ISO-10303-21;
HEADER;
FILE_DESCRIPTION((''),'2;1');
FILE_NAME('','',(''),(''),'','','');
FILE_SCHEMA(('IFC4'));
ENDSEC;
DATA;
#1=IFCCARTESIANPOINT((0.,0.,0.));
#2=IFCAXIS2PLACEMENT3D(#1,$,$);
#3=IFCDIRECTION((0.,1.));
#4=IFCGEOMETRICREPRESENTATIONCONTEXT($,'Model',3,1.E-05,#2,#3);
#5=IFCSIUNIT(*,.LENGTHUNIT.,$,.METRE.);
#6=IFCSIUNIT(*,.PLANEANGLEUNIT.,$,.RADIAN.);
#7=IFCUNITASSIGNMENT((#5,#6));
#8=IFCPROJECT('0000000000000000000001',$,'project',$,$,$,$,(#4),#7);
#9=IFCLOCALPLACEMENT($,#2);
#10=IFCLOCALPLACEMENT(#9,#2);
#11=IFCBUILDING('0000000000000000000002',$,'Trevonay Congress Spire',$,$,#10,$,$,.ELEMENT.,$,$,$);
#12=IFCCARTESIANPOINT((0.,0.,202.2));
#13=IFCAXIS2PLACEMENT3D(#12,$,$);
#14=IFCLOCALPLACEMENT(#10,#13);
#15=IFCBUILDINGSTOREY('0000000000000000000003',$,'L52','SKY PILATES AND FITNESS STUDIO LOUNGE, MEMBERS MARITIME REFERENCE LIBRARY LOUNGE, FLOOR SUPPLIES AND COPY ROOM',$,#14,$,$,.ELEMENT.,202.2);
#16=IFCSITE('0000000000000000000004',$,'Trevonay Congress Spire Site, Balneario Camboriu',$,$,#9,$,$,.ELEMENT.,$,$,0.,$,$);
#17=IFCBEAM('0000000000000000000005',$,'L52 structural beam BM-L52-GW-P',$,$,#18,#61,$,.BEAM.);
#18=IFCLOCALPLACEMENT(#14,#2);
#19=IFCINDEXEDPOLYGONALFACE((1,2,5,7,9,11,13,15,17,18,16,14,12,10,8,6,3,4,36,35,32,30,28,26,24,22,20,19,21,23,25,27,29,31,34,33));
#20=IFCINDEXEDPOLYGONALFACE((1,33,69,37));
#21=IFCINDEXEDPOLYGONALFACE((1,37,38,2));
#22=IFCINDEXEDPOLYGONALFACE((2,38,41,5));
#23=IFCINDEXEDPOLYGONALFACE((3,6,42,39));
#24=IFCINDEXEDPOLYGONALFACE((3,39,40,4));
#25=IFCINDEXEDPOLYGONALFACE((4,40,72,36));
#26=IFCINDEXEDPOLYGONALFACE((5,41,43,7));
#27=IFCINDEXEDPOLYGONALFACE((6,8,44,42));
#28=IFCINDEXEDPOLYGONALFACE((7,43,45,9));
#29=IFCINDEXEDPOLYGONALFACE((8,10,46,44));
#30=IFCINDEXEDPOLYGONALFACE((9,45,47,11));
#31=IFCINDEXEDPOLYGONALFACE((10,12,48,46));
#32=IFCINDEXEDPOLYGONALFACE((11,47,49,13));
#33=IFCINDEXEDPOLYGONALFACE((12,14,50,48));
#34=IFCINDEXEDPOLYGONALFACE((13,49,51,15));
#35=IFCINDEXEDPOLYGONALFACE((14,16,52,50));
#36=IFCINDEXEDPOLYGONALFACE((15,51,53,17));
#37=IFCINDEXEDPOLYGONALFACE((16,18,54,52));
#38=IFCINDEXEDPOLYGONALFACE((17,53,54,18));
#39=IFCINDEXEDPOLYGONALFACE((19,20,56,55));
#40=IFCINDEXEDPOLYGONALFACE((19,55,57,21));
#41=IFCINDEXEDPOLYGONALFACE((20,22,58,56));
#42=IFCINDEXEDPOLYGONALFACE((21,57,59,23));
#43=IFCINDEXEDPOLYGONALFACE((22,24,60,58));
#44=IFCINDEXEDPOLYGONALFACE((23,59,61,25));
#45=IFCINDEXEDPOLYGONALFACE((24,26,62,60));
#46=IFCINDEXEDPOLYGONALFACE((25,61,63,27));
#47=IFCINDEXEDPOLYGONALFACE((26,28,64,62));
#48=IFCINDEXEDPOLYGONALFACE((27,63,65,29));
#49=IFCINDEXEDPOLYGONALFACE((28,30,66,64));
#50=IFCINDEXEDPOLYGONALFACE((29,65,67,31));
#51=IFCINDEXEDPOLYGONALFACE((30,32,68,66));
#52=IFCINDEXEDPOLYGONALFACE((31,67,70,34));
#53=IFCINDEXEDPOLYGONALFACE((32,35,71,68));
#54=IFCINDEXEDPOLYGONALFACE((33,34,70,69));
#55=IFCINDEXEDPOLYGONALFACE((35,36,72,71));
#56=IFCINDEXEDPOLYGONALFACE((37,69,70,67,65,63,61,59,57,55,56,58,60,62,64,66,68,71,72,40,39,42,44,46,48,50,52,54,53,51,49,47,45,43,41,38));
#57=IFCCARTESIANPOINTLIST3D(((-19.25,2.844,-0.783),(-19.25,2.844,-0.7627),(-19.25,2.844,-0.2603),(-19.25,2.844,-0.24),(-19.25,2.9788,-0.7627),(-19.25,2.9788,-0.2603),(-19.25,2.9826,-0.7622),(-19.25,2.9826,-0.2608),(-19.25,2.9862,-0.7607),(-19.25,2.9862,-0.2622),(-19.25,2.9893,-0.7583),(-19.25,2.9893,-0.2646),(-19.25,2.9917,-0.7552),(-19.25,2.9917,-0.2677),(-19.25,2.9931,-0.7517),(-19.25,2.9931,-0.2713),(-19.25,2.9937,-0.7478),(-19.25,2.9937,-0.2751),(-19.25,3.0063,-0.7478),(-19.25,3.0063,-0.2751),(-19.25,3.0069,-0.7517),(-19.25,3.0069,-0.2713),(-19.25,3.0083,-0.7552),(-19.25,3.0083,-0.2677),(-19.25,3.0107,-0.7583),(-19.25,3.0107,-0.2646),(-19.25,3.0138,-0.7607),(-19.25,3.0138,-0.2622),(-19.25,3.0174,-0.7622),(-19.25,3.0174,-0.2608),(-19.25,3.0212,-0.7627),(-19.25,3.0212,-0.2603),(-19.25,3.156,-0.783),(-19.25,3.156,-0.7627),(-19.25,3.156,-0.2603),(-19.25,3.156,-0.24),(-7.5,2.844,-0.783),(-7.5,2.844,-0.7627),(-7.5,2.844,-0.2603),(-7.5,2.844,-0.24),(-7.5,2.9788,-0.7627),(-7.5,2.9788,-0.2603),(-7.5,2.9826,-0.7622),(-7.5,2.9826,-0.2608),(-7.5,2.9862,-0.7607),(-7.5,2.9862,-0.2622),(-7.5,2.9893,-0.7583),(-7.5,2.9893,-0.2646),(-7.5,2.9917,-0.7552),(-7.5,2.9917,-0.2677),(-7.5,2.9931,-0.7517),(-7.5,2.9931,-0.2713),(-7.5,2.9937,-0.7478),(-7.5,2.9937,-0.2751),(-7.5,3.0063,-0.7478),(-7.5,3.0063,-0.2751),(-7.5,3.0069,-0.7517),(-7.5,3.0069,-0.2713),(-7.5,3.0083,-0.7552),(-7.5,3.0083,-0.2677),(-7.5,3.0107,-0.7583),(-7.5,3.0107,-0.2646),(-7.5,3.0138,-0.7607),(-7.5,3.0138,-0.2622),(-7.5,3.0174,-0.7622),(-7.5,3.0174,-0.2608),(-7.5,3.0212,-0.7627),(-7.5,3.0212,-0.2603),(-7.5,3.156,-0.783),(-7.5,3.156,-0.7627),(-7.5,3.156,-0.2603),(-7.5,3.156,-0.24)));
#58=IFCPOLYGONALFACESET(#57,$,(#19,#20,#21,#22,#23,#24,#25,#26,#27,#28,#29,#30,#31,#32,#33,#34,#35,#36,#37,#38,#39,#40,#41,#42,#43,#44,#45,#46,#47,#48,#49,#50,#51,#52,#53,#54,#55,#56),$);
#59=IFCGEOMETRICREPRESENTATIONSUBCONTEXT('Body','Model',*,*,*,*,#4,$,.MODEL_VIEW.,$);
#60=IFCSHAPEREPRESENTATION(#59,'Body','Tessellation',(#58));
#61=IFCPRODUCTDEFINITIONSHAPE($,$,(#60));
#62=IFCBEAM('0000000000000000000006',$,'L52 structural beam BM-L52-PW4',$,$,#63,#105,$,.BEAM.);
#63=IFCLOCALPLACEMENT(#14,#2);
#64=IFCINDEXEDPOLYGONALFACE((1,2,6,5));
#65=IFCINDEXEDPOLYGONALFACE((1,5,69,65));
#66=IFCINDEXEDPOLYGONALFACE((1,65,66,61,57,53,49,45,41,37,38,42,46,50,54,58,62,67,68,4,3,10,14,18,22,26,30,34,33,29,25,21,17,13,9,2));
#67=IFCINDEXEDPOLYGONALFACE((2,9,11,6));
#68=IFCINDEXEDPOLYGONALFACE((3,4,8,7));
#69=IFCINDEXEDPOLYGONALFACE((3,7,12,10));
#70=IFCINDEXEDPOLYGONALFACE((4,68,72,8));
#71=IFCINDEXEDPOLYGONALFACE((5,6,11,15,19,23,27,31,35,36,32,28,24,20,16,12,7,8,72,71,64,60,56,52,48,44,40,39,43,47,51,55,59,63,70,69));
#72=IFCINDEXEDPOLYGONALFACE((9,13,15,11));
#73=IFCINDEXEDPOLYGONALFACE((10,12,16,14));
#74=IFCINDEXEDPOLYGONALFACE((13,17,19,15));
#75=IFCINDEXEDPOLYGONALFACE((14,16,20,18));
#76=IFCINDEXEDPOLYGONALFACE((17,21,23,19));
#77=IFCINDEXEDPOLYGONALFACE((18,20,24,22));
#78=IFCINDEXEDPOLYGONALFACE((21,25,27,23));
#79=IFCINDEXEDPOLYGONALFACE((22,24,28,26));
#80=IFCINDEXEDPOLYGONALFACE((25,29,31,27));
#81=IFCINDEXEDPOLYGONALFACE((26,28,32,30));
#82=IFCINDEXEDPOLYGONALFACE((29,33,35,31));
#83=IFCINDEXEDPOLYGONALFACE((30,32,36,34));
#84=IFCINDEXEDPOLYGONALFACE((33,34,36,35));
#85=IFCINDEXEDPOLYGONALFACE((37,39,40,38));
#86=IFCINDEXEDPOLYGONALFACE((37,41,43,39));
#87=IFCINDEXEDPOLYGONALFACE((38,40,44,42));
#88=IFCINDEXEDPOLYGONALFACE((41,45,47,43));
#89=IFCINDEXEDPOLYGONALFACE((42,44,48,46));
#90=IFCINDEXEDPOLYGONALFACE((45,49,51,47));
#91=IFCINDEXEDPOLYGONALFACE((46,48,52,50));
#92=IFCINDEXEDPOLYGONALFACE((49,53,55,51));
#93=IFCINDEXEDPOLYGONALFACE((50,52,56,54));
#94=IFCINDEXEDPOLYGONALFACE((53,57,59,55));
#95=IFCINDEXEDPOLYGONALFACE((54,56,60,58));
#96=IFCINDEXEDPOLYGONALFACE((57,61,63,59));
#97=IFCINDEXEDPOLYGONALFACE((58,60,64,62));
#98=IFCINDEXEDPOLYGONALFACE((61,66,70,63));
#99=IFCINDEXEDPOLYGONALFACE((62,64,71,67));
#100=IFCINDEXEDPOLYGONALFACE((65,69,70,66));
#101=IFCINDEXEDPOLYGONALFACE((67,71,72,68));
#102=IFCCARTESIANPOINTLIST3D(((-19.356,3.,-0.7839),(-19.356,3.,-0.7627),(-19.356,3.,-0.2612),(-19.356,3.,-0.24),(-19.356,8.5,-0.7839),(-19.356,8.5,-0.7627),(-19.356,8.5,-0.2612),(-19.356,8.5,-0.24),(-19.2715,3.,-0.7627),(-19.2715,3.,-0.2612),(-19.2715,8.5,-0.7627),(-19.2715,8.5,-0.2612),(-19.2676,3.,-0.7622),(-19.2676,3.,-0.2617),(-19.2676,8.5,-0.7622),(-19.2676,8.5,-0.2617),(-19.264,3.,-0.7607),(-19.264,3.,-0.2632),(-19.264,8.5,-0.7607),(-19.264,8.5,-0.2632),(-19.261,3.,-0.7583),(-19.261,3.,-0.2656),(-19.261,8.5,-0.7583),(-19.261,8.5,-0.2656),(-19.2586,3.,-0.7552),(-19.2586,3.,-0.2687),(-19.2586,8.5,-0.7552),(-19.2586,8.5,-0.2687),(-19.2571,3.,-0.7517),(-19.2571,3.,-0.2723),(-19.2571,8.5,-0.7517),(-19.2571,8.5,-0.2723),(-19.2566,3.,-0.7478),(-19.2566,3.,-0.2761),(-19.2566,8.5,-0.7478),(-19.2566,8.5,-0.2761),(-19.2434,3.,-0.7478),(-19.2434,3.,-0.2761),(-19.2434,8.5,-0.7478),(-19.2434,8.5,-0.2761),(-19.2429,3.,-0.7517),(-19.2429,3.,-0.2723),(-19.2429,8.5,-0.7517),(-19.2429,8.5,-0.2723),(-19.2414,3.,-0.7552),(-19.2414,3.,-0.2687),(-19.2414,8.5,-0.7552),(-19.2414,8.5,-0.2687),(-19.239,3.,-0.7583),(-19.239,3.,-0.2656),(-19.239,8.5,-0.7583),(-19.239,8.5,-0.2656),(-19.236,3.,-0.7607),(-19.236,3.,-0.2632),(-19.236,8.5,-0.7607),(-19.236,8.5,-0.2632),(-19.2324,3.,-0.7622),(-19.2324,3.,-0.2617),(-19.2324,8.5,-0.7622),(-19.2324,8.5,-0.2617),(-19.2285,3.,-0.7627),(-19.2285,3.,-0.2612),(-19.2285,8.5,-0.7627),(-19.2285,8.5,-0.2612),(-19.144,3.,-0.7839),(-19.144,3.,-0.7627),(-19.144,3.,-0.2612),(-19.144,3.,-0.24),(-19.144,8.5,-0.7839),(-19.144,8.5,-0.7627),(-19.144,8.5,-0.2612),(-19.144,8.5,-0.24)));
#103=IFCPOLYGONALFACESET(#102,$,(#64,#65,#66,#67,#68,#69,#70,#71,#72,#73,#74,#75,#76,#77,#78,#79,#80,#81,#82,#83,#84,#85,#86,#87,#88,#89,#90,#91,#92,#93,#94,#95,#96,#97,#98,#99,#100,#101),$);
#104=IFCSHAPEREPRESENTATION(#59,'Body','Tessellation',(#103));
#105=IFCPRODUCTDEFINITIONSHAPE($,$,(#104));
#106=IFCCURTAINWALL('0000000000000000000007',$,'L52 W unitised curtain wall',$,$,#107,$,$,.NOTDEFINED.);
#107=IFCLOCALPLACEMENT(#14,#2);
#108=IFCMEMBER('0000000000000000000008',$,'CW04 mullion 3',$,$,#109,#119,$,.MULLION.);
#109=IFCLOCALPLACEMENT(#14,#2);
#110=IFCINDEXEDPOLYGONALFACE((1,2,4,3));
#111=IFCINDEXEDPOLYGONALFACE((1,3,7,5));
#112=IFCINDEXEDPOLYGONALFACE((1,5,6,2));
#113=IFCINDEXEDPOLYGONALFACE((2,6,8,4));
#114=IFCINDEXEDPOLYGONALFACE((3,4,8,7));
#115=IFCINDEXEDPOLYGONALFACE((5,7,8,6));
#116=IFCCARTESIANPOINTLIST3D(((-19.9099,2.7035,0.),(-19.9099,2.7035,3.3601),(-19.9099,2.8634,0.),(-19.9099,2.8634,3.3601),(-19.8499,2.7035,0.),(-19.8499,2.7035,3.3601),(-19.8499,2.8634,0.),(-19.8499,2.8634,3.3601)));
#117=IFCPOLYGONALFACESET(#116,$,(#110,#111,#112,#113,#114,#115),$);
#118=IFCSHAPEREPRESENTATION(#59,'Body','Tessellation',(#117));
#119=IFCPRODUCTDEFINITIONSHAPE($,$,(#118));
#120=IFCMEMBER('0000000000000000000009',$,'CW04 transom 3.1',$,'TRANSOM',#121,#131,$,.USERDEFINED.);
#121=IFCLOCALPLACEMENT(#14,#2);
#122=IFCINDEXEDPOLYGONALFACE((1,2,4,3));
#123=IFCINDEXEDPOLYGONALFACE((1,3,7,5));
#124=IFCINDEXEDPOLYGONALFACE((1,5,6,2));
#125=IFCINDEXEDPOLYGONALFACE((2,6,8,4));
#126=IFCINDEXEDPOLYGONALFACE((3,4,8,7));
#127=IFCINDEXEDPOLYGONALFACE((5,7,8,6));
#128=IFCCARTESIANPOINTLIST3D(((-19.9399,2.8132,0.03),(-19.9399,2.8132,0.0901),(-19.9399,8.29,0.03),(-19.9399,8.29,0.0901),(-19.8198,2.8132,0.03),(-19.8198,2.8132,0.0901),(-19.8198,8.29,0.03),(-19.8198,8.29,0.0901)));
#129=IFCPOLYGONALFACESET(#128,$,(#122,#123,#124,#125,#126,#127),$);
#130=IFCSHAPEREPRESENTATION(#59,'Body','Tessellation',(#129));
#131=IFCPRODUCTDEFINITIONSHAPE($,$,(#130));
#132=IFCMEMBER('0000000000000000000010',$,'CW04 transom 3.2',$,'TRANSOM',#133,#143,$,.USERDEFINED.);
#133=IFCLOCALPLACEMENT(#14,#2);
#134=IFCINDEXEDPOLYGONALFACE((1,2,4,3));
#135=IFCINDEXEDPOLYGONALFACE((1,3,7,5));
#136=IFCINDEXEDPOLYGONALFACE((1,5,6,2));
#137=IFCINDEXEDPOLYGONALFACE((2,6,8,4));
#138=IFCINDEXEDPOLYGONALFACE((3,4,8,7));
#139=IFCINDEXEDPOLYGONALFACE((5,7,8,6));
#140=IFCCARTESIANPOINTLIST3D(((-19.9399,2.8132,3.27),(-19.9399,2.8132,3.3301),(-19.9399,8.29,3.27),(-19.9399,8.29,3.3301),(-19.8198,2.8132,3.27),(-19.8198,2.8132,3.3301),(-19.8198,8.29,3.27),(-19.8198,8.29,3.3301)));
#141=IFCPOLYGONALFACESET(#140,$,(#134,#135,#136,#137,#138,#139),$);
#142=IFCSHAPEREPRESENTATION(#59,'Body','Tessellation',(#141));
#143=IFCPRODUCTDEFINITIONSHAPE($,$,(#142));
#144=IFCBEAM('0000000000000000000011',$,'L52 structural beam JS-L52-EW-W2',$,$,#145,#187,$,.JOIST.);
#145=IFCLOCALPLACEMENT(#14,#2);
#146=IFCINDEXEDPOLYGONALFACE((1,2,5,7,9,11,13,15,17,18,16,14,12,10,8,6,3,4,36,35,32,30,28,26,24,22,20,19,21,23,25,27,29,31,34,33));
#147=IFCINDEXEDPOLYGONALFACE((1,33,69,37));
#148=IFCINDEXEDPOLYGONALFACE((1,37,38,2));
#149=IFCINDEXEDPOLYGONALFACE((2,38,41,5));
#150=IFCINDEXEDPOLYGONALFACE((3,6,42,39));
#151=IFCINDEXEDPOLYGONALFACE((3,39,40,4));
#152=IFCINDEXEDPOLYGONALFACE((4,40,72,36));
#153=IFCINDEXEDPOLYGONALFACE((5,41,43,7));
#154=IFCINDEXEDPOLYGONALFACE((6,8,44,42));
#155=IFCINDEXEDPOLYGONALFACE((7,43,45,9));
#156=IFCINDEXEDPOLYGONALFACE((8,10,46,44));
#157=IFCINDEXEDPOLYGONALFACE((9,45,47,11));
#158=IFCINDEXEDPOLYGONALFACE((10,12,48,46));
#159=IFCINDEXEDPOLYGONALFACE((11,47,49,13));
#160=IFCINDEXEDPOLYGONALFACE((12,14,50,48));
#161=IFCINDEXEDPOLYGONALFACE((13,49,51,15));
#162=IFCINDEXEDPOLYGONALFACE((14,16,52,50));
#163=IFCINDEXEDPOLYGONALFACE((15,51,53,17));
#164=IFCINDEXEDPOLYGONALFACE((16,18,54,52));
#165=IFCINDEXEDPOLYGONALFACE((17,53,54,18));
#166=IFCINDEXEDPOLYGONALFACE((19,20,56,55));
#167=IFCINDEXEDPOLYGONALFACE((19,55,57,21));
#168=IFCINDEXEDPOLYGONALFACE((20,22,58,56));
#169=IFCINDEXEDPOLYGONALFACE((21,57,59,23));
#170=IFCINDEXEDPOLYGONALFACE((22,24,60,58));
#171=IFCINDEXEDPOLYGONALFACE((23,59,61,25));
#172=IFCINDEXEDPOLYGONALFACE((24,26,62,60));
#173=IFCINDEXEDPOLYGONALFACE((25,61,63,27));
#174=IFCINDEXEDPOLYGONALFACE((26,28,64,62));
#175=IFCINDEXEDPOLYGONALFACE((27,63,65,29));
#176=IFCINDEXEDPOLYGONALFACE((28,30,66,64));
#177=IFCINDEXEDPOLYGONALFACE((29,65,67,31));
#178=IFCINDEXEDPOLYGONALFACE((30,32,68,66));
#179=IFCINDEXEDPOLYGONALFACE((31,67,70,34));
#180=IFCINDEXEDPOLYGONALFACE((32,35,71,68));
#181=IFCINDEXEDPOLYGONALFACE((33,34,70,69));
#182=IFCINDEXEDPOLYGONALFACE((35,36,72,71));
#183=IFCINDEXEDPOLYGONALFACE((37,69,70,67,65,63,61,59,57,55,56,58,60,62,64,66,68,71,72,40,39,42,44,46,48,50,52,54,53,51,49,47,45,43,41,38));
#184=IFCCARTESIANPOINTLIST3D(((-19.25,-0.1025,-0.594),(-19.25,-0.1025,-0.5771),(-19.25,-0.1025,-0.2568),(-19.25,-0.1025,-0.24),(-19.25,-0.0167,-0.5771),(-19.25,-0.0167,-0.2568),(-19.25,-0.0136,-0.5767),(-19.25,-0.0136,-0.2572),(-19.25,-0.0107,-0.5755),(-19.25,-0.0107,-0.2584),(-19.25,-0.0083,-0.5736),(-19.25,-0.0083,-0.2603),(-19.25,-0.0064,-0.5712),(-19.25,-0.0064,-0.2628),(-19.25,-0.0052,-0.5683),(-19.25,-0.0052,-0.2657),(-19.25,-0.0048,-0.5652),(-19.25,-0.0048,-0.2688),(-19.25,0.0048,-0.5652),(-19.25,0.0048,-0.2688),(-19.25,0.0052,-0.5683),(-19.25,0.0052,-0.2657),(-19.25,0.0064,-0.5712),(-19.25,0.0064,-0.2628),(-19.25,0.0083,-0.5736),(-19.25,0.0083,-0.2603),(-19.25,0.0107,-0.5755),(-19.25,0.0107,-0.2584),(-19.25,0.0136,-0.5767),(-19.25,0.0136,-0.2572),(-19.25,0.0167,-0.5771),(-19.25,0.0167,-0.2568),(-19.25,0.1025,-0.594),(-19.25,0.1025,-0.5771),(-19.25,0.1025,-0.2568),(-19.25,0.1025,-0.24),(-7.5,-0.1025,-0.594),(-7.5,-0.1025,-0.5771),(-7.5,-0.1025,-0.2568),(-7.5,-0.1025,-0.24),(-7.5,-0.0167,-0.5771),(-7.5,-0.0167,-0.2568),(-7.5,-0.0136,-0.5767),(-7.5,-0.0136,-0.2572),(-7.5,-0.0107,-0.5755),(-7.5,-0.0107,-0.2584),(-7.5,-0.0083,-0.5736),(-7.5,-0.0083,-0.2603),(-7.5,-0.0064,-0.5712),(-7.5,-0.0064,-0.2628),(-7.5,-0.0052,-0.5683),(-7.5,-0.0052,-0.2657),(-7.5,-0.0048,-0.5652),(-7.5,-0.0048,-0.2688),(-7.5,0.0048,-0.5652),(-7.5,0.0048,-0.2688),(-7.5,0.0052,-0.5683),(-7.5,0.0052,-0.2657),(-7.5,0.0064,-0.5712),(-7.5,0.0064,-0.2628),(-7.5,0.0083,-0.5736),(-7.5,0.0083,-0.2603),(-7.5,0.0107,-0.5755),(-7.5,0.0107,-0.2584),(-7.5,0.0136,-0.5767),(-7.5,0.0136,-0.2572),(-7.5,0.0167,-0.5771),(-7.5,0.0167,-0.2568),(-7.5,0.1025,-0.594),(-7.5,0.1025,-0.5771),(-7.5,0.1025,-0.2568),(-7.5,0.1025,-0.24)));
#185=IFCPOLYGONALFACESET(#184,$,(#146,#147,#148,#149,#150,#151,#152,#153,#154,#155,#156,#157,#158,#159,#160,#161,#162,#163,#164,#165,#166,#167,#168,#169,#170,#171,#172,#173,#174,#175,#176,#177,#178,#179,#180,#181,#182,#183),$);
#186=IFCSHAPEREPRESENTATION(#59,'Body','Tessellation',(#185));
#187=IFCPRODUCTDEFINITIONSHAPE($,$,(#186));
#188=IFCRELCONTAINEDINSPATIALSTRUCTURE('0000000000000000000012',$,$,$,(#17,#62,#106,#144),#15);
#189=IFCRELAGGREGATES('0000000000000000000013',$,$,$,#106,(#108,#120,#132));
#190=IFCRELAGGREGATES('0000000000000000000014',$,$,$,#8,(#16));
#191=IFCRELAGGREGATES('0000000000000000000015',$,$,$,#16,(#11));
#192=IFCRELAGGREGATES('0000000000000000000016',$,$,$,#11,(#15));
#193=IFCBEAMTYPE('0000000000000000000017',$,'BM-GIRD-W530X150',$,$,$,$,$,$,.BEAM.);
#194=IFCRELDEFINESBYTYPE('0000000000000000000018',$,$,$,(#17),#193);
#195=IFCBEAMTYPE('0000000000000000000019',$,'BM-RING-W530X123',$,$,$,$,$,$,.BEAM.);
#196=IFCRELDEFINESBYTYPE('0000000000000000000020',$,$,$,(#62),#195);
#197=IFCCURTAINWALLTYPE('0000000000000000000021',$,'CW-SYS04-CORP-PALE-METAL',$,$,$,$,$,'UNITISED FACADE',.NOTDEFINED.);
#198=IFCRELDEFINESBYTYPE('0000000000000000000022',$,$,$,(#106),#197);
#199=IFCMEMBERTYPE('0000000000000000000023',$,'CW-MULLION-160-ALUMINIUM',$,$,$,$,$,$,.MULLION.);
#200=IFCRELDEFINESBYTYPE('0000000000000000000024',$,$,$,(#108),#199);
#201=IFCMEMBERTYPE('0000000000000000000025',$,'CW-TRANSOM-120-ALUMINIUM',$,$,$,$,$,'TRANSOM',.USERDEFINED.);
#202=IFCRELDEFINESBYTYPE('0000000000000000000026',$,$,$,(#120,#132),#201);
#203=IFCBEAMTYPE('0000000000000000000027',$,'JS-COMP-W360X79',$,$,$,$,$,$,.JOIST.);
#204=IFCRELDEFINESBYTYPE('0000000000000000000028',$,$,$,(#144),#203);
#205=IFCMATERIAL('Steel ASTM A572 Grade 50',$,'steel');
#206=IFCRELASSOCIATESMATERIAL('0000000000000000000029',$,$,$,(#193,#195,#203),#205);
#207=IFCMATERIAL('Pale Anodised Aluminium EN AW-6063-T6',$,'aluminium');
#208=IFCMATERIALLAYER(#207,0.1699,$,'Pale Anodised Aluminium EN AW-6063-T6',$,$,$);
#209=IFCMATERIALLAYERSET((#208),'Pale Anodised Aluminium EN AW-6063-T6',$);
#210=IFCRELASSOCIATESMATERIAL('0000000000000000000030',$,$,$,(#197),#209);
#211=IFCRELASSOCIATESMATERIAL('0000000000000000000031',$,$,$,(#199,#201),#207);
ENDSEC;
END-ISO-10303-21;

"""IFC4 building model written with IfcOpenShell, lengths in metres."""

from ifc_helpers import new_model, si_unit, direction, frame, origin, origin_2d, place, context, subcontext, project, spatial, rectangle, i_section, extrude, material, layer, layer_set, material_profile, profile_set, type_object, element, aggregate, save


model = new_model("IFC4")

# Units and contexts
model_context = context("Model", 3, precision=1e-05, world=origin(), true_north=direction((0.0, 1.0)))
body_context = subcontext(model_context, "Body", "Model", "MODEL_VIEW")
ifc_project = project(units=[si_unit("LENGTHUNIT", "METRE"), si_unit("PLANEANGLEUNIT", "RADIAN")], contexts=[model_context])

# Site, building, storey
site_placement = place(None, origin())
site = spatial("IfcSite", under=ifc_project, at=site_placement, Name="Trevonay Congress Spire Site, Balneario Camboriu", CompositionType="ELEMENT", RefElevation=0.0)
building_placement = place(site_placement, origin())
building = spatial("IfcBuilding", under=site, at=building_placement, Name="Trevonay Congress Spire", CompositionType="ELEMENT")
storey_placement = place(building_placement, frame((0.0, 0.0, 202.2)))
storey = spatial("IfcBuildingStorey", under=building, at=storey_placement, Name="L52", Description="SKY PILATES AND FITNESS STUDIO LOUNGE, MEMBERS MARITIME REFERENCE LIBRARY LOUNGE, FLOOR SUPPLIES AND COPY ROOM", CompositionType="ELEMENT", Elevation=202.2)

# Shared definitions
ifc_material_1 = material(Name="Steel ASTM A572 Grade 50", Category="steel")

# Beams
ifc_material_profile_1 = material_profile(ifc_material_1, i_section(OverallWidth=0.312, OverallDepth=0.543, WebThickness=0.0127, FlangeThickness=0.0203, FilletRadius=0.0149, at=origin_2d()), Name="W530x150")
ifc_profile_set_1 = profile_set([ifc_material_profile_1], Name="Steel ASTM A572 Grade 50")
beam_type_1 = type_object("IfcBeamType", Name="BM-GIRD-W530X150", PredefinedType="BEAM", material=ifc_profile_set_1)
beam_1_placement = place(storey_placement, frame((-7.5, 3.0, -0.5115), z_axis=(-1.0, 0.0, 0.0), x_axis=(0.0, -1.0, 0.0)))
element("IfcBeam", 1, at=beam_1_placement, inside=storey, type_object=beam_type_1, Name="L52 structural beam BM-L52-GW-P", PredefinedType="BEAM", context=body_context, shape_type="SweptSolid", body=[
    extrude(i_section(OverallWidth=0.312, OverallDepth=0.543, WebThickness=0.0127, FlangeThickness=0.0203, FilletRadius=0.0149, at=origin_2d()), origin(), (0.0, 0.0, 1.0), 11.75),
])
ifc_material_profile_2 = material_profile(ifc_material_1, i_section(OverallWidth=0.2119, OverallDepth=0.5439, WebThickness=0.0132, FlangeThickness=0.0212, FilletRadius=0.0149, at=origin_2d()), Name="W530x123")
ifc_profile_set_2 = profile_set([ifc_material_profile_2], Name="Steel ASTM A572 Grade 50")
beam_type_2 = type_object("IfcBeamType", Name="BM-RING-W530X123", PredefinedType="BEAM", material=ifc_profile_set_2)
beam_2_placement = place(storey_placement, frame((-19.25, 3.0, -0.512), z_axis=(0.0, 1.0, 0.0), x_axis=(-1.0, 0.0, 0.0)))
element("IfcBeam", 2, at=beam_2_placement, inside=storey, type_object=beam_type_2, Name="L52 structural beam BM-L52-PW4", PredefinedType="BEAM", context=body_context, shape_type="SweptSolid", body=[
    extrude(i_section(OverallWidth=0.2119, OverallDepth=0.5439, WebThickness=0.0132, FlangeThickness=0.0212, FilletRadius=0.0149, at=origin_2d()), origin(), (0.0, 0.0, 1.0), 5.5),
])

# Curtain wall, members
ifc_material_2 = material(Name="Pale Anodised Aluminium EN AW-6063-T6", Category="aluminium")
ifc_layer_1 = layer(ifc_material_2, 0.1699, Name="Pale Anodised Aluminium EN AW-6063-T6")
ifc_layer_set_1 = layer_set([ifc_layer_1], Name="Pale Anodised Aluminium EN AW-6063-T6")
curtain_wall_type = type_object("IfcCurtainWallType", Name="CW-SYS04-CORP-PALE-METAL", ElementType="UNITISED FACADE", PredefinedType="NOTDEFINED", material=ifc_layer_set_1)
curtain_wall_placement = place(storey_placement, origin())
curtain_wall = element("IfcCurtainWall", 3, at=curtain_wall_placement, inside=storey, type_object=curtain_wall_type, Name="L52 W unitised curtain wall", PredefinedType="NOTDEFINED")
ifc_material_profile_3 = material_profile(ifc_material_2, rectangle(XDim=0.0601, YDim=0.1599, at=origin_2d()), Name="CW-MULLION-160-ALUMINIUM")
ifc_profile_set_3 = profile_set([ifc_material_profile_3], Name="Pale Anodised Aluminium EN AW-6063-T6")
member_type_1 = type_object("IfcMemberType", Name="CW-MULLION-160-ALUMINIUM", PredefinedType="MULLION", material=ifc_profile_set_3)
member_1_placement = place(storey_placement, frame((-19.8799, 2.7834, 0.0), z_axis=(0.0, 0.0, 1.0), x_axis=(-1.0, 0.0, 0.0)))
member_1 = element("IfcMember", 4, at=member_1_placement, type_object=member_type_1, Name="CW04 mullion 3", PredefinedType="MULLION", context=body_context, shape_type="SweptSolid", body=[
    extrude(rectangle(XDim=0.0601, YDim=0.1599, at=origin_2d()), origin(), (0.0, 0.0, 1.0), 3.3601),
])
ifc_material_profile_4 = material_profile(ifc_material_2, rectangle(XDim=0.1201, YDim=0.0601, at=origin_2d()), Name="CW-TRANSOM-120-ALUMINIUM")
ifc_profile_set_4 = profile_set([ifc_material_profile_4], Name="Pale Anodised Aluminium EN AW-6063-T6")
member_type_2 = type_object("IfcMemberType", Name="CW-TRANSOM-120-ALUMINIUM", ElementType="TRANSOM", PredefinedType="USERDEFINED", material=ifc_profile_set_4)
member_2_placement = place(storey_placement, frame((-19.8799, 2.8132, 0.0601), z_axis=(0.0, 1.0, 0.0), x_axis=(-1.0, 0.0, 0.0)))
member_2 = element("IfcMember", 5, at=member_2_placement, type_object=member_type_2, Name="CW04 transom 3.1", ObjectType="TRANSOM", PredefinedType="USERDEFINED", context=body_context, shape_type="SweptSolid", body=[
    extrude(rectangle(XDim=0.1201, YDim=0.0601, at=origin_2d()), origin(), (0.0, 0.0, 1.0), 5.4768),
])
member_3_placement = place(storey_placement, frame((-19.8799, 2.8132, 3.3), z_axis=(0.0, 1.0, 0.0), x_axis=(-1.0, 0.0, 0.0)))
member_3 = element("IfcMember", 6, at=member_3_placement, type_object=member_type_2, Name="CW04 transom 3.2", ObjectType="TRANSOM", PredefinedType="USERDEFINED", context=body_context, shape_type="SweptSolid", body=[
    extrude(rectangle(XDim=0.1201, YDim=0.0601, at=origin_2d()), origin(), (0.0, 0.0, 1.0), 5.4768),
])

# Beam
ifc_material_profile_5 = material_profile(ifc_material_1, i_section(OverallWidth=0.2051, OverallDepth=0.354, WebThickness=0.0095, FlangeThickness=0.0168, FilletRadius=0.012, at=origin_2d()), Name="W360x79")
ifc_profile_set_5 = profile_set([ifc_material_profile_5], Name="Steel ASTM A572 Grade 50")
beam_type_3 = type_object("IfcBeamType", Name="JS-COMP-W360X79", PredefinedType="JOIST", material=ifc_profile_set_5)
for number, where, z_axis, x_axis, name in (
    (7, (-19.25, 0.0, -0.417), (1.0, 0.0, 0.0), (0.0, 1.0, 0.0), "L52 structural beam JS-L52-EW-W2"),
):
    element("IfcBeam", number, at=place(storey_placement, frame(where, z_axis=z_axis, x_axis=x_axis)), inside=storey, type_object=beam_type_3, Name=name, PredefinedType="JOIST", context=body_context, shape_type="SweptSolid", body=[
        extrude(i_section(OverallWidth=0.2051, OverallDepth=0.354, WebThickness=0.0095, FlangeThickness=0.0168, FilletRadius=0.012, at=origin_2d()), origin(), (0.0, 0.0, 1.0), 11.75),
    ])

aggregate(curtain_wall, [member_1, member_2, member_3])

save(model, "model.ifc")
